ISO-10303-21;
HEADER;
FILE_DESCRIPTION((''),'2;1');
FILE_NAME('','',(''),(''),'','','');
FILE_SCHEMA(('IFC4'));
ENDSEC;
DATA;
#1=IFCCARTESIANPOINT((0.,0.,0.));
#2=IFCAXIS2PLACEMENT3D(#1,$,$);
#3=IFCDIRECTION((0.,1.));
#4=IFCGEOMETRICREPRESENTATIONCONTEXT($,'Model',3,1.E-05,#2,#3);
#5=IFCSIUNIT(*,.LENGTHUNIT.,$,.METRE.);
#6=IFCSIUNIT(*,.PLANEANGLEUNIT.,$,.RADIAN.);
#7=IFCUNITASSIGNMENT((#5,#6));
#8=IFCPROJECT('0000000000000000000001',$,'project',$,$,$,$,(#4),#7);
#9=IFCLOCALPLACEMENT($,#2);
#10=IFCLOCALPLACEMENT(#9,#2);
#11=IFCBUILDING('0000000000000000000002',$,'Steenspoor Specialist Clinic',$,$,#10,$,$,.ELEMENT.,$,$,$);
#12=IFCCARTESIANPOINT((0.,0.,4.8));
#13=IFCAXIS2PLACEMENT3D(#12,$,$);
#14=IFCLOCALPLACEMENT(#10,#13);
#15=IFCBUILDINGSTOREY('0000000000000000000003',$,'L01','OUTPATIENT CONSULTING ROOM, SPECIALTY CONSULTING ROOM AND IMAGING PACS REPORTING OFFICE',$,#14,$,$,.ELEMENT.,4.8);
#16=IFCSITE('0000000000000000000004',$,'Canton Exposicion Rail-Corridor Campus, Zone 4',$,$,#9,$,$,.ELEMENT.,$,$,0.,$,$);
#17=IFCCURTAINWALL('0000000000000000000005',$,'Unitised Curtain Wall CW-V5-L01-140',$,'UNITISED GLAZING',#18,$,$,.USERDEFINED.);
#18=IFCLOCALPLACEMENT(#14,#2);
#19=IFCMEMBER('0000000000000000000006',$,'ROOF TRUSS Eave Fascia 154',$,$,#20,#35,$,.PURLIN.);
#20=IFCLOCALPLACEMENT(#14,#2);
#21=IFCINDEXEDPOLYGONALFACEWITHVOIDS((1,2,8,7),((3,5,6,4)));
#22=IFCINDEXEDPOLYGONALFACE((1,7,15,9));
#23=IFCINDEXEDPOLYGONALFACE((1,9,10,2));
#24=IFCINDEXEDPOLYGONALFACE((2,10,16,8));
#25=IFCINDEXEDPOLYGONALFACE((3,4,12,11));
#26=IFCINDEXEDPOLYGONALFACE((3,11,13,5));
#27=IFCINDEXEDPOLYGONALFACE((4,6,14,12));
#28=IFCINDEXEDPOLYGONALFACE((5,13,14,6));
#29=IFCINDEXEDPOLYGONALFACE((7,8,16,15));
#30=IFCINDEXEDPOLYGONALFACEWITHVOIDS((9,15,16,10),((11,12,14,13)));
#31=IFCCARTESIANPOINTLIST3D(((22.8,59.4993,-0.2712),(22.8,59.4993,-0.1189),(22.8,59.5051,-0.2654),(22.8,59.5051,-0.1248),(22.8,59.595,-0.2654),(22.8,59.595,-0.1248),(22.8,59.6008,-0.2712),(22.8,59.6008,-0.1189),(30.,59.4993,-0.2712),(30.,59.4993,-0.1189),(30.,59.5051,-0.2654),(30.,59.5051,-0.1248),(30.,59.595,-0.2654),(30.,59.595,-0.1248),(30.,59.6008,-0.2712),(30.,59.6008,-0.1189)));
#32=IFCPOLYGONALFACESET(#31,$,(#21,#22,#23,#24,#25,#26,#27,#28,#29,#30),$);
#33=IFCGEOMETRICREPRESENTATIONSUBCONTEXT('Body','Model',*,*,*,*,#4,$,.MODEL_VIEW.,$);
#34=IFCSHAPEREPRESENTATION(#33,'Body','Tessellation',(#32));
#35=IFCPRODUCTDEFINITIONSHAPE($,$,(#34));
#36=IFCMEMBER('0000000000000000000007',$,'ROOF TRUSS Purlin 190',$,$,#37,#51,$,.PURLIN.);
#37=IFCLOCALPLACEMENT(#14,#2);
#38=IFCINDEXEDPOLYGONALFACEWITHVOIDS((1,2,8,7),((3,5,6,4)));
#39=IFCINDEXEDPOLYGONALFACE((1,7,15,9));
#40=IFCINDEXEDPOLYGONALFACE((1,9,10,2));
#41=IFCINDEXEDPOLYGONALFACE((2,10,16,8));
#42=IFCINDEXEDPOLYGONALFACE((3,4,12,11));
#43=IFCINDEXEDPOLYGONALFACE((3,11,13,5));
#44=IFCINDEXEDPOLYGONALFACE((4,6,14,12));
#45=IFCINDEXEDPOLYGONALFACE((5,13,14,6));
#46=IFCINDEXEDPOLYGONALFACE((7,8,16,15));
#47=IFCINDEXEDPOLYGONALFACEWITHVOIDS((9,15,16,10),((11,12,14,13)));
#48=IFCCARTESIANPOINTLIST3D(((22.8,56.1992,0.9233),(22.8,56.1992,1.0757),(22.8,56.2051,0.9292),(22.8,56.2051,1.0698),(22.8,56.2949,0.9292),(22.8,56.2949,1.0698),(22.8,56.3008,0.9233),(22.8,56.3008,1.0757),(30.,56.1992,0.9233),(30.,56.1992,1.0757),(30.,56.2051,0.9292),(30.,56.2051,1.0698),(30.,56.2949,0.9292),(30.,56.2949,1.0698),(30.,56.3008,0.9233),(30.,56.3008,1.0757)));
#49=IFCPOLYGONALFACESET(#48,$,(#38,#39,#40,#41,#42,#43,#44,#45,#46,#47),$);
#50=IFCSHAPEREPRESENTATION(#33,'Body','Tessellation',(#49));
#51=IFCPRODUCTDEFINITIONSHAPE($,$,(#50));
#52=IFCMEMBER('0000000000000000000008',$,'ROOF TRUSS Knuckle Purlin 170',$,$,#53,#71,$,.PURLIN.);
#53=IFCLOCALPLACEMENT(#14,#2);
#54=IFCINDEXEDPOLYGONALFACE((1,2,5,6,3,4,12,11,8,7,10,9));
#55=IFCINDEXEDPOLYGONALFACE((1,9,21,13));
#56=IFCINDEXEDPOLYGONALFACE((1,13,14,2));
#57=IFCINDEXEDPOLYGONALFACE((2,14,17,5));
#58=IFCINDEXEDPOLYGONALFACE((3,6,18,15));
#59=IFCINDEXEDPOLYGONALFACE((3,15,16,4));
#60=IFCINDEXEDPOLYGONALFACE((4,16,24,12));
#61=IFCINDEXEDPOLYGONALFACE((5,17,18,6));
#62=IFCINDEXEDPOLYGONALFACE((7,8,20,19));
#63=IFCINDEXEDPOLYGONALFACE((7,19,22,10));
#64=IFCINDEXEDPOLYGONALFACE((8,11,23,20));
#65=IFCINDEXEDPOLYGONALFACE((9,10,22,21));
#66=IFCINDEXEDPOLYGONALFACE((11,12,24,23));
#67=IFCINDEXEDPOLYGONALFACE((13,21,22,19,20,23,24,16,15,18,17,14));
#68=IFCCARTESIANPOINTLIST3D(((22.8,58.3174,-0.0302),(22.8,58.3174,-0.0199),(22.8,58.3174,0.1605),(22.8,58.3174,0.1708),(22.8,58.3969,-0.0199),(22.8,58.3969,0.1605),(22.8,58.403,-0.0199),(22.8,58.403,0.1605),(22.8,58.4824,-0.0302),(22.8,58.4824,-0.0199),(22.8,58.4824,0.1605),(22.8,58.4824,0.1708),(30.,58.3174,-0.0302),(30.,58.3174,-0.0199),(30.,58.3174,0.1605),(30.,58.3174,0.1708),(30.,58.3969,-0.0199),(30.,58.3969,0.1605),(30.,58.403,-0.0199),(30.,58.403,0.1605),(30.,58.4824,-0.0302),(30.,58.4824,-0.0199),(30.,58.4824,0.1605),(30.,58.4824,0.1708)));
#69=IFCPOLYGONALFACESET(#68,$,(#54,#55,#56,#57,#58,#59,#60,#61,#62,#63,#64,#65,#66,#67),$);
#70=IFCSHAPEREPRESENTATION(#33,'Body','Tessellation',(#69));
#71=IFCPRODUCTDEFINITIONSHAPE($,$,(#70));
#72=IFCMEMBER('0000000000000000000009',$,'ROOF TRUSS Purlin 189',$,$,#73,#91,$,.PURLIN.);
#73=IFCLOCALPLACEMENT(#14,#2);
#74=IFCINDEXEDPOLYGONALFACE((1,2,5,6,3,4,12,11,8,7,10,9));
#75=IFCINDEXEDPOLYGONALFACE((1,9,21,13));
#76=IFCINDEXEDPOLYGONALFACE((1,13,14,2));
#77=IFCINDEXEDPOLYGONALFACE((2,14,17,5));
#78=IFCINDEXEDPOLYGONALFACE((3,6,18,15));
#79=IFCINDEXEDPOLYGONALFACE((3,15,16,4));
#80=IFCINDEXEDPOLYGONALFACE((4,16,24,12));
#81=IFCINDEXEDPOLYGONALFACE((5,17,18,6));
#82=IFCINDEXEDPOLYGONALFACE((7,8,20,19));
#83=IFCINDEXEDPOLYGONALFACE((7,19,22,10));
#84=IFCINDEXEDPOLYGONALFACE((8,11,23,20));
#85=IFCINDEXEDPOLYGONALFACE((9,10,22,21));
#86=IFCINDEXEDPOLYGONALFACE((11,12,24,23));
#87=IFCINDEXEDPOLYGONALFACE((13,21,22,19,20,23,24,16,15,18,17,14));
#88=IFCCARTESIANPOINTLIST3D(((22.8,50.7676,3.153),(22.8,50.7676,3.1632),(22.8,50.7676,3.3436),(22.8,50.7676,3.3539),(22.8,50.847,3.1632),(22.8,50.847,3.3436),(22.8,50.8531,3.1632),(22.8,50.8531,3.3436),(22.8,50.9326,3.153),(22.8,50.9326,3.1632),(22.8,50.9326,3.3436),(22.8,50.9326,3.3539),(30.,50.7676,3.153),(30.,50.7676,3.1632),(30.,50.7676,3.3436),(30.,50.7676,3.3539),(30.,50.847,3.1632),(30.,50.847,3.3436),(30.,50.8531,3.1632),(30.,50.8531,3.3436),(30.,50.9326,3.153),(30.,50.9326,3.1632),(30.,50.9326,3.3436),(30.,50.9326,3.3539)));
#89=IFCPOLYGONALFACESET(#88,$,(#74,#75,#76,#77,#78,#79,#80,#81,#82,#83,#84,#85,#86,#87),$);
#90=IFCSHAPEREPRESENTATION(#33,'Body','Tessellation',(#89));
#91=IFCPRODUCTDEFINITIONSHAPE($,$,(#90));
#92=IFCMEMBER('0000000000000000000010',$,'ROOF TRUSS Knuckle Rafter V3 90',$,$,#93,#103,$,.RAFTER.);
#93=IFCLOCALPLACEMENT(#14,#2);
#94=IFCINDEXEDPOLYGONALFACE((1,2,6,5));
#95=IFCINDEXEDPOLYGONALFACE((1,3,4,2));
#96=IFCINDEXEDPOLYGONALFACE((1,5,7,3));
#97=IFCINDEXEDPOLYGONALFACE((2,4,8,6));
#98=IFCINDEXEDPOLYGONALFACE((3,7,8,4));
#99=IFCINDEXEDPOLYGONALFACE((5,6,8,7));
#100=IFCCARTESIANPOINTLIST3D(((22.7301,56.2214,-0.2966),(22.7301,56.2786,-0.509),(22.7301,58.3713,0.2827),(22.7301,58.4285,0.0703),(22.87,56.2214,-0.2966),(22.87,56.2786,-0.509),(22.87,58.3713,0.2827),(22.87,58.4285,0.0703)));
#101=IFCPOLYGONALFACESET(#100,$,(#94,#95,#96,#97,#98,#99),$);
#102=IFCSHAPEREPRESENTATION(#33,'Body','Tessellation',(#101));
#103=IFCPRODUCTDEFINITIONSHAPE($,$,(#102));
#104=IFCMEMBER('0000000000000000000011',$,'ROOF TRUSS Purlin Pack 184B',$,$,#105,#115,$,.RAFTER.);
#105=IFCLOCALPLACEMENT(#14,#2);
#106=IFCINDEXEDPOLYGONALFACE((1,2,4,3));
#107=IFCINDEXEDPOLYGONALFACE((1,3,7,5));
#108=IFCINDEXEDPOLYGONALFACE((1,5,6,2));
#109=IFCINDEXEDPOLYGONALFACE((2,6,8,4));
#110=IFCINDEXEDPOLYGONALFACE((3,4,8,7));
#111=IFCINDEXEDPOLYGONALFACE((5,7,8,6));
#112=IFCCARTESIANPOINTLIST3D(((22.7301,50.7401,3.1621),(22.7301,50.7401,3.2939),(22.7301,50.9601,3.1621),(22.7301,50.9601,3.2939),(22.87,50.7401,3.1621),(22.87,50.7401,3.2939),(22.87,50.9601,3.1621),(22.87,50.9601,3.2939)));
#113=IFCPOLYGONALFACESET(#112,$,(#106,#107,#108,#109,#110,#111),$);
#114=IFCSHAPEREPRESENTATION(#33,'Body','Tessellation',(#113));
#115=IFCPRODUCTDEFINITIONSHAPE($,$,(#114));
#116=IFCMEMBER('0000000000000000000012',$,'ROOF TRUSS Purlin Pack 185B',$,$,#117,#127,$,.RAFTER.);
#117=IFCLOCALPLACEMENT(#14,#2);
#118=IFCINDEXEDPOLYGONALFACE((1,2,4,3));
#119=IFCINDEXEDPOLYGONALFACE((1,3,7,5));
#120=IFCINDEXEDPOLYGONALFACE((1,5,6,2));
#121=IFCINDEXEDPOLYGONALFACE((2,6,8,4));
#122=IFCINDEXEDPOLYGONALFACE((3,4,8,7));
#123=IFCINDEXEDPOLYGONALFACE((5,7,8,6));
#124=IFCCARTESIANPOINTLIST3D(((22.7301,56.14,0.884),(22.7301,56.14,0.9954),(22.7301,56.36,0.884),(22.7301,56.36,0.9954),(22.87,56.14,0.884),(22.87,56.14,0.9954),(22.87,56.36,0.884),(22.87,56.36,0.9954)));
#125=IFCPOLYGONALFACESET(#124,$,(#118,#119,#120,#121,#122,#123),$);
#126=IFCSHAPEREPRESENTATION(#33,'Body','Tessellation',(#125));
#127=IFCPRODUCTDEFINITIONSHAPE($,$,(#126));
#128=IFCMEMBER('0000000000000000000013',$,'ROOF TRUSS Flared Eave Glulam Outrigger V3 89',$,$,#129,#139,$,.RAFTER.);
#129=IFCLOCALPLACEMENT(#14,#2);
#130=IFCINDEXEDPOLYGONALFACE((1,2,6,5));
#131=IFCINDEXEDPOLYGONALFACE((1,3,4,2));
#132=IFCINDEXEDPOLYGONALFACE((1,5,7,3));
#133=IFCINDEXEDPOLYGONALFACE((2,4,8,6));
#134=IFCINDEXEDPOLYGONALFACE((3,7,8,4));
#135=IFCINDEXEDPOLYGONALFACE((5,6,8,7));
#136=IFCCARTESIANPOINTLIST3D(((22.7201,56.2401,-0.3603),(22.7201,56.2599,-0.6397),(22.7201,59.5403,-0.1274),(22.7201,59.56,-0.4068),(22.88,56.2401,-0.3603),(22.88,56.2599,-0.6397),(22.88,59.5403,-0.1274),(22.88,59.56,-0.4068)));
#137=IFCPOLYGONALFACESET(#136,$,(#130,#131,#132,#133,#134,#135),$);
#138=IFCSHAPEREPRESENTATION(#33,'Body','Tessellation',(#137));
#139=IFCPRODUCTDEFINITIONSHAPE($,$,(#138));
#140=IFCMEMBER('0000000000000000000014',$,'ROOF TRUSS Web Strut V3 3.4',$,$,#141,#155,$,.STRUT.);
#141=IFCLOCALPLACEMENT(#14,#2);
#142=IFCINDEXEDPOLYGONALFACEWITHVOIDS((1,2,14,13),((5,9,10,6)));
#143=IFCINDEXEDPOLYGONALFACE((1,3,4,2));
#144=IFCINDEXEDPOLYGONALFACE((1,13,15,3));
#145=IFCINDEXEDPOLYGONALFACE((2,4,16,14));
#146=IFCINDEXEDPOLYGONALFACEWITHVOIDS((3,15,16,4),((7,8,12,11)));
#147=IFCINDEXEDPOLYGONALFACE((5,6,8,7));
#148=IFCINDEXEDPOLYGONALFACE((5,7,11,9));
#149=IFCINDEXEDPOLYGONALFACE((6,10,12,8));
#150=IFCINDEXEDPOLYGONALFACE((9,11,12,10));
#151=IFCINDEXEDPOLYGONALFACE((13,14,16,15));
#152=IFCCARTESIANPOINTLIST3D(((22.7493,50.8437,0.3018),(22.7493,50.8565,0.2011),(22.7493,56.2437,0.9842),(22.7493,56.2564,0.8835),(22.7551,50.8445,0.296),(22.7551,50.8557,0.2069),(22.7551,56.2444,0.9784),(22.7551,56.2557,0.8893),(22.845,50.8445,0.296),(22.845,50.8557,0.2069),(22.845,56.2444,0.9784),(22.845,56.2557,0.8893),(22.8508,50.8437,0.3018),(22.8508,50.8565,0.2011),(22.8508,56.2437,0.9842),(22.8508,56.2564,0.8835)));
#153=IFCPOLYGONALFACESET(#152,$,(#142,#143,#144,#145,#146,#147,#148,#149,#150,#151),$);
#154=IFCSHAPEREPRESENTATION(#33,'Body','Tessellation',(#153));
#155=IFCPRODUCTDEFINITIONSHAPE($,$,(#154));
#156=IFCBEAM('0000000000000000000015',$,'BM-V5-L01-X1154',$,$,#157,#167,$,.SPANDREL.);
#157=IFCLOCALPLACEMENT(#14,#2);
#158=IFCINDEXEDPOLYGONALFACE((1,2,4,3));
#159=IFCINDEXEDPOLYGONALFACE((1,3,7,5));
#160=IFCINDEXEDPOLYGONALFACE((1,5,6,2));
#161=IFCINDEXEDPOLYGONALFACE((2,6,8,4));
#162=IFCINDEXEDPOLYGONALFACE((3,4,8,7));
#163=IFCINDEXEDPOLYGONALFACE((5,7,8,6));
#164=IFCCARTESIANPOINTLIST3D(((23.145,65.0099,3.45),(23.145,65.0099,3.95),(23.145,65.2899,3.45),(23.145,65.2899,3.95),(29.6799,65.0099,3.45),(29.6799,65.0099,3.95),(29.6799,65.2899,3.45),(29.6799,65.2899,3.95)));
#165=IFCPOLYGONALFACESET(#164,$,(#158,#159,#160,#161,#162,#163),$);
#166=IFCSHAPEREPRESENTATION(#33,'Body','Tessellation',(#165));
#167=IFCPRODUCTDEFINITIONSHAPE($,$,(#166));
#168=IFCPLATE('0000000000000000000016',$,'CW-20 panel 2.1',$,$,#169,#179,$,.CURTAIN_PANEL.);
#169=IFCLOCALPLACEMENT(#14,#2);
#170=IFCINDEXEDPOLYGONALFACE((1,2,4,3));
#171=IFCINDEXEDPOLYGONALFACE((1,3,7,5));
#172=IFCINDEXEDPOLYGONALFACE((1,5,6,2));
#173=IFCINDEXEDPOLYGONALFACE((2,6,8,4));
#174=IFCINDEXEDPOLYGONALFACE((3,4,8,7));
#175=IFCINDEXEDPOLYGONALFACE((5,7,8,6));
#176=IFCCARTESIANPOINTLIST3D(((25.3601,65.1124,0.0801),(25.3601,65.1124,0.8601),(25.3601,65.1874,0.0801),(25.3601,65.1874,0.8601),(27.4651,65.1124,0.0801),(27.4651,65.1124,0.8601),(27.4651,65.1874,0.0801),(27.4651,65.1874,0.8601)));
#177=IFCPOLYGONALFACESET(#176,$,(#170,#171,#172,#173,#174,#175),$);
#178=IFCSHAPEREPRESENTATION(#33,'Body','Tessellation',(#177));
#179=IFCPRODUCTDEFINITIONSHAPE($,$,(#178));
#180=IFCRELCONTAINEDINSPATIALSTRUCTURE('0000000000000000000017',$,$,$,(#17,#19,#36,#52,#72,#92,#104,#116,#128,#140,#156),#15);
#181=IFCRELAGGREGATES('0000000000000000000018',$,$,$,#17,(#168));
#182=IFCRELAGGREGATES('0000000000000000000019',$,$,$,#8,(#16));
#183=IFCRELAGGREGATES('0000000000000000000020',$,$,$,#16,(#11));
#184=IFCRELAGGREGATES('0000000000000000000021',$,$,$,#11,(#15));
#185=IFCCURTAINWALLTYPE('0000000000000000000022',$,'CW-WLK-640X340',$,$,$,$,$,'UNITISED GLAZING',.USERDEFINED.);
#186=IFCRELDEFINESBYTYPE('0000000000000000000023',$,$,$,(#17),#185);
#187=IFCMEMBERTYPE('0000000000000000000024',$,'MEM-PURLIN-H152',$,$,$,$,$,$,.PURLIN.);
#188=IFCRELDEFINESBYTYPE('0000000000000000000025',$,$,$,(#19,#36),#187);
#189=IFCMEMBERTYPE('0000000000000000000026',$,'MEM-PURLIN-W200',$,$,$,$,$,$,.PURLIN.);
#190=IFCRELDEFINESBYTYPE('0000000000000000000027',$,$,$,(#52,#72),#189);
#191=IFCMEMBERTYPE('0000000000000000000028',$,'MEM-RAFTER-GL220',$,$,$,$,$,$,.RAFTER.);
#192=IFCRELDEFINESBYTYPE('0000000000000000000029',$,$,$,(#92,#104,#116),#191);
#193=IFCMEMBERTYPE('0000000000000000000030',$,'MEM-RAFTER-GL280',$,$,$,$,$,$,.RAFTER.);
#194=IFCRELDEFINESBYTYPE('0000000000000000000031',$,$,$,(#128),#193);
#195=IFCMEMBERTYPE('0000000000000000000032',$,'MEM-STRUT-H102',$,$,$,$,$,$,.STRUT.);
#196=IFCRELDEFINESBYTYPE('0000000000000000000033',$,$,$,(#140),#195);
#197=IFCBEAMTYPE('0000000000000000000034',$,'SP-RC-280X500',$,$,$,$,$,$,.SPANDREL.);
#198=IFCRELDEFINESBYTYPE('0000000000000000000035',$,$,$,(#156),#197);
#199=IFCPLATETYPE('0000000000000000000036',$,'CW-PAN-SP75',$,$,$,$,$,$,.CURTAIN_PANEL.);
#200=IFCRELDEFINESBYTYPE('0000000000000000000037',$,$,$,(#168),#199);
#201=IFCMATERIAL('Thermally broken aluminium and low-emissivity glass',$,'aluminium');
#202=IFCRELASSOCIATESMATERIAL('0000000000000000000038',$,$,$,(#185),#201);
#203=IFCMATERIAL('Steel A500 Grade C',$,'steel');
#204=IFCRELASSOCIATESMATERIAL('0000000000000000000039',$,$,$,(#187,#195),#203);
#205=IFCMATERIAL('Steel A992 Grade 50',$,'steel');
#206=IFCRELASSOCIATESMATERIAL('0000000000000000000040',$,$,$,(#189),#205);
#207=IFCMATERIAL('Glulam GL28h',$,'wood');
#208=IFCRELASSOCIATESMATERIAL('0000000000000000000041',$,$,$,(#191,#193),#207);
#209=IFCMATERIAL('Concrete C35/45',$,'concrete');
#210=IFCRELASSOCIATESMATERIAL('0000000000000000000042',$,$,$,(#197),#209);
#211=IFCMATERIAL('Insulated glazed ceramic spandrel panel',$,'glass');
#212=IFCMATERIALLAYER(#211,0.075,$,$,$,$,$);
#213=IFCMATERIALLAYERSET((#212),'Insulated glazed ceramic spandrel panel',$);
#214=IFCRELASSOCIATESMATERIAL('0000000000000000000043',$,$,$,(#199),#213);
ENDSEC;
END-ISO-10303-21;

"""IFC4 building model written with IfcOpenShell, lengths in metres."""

from ifc_helpers import new_model, si_unit, direction, frame, origin, origin_2d, place, context, subcontext, project, spatial, rectangle, hollow_rectangle, i_section, extrude, material, layer, layer_set, material_profile, profile_set, type_object, element, aggregate, save


model = new_model("IFC4")

# Units and contexts
model_context = context("Model", 3, precision=1e-05, world=origin(), true_north=direction((0.0, 1.0)))
body_context = subcontext(model_context, "Body", "Model", "MODEL_VIEW")
ifc_project = project(units=[si_unit("LENGTHUNIT", "METRE"), si_unit("PLANEANGLEUNIT", "RADIAN")], contexts=[model_context])

# Site, building, storey
site_placement = place(None, origin())
site = spatial("IfcSite", under=ifc_project, at=site_placement, Name="Canton Exposicion Rail-Corridor Campus, Zone 4", CompositionType="ELEMENT", RefElevation=0.0)
building_placement = place(site_placement, origin())
building = spatial("IfcBuilding", under=site, at=building_placement, Name="Steenspoor Specialist Clinic", CompositionType="ELEMENT")
storey_placement = place(building_placement, frame((0.0, 0.0, 4.8)))
storey = spatial("IfcBuildingStorey", under=building, at=storey_placement, Name="L01", Description="OUTPATIENT CONSULTING ROOM, SPECIALTY CONSULTING ROOM AND IMAGING PACS REPORTING OFFICE", CompositionType="ELEMENT", Elevation=4.8)

# Curtain wall
ifc_material_1 = material(Name="Thermally broken aluminium and low-emissivity glass", Category="aluminium")
curtain_wall_type = type_object("IfcCurtainWallType", Name="CW-WLK-640X340", ElementType="UNITISED GLAZING", PredefinedType="USERDEFINED", material=ifc_material_1)
curtain_wall_placement = place(storey_placement, origin())
curtain_wall = element("IfcCurtainWall", 1, at=curtain_wall_placement, inside=storey, type_object=curtain_wall_type, Name="Unitised Curtain Wall CW-V5-L01-140", ObjectType="UNITISED GLAZING", PredefinedType="USERDEFINED")

# Members
ifc_material_2 = material(Name="Steel A500 Grade C", Category="steel")
ifc_material_3 = material(Name="Steel A992 Grade 50", Category="steel")
ifc_material_profile_1 = material_profile(ifc_material_2, hollow_rectangle(XDim=0.1016, YDim=0.1523, WallThickness=0.0059, at=origin_2d()), Name="HSS152X102X6.4")
ifc_profile_set_1 = profile_set([ifc_material_profile_1], Name="Steel A500 Grade C")
member_type_1 = type_object("IfcMemberType", Name="MEM-PURLIN-H152", PredefinedType="PURLIN", material=ifc_profile_set_1)
for number, where, z_axis, x_axis, name in (
    (2, (22.8, 59.55, -0.1951), (1.0, 0.0, 0.0), (0.0, 1.0, 0.0), "ROOF TRUSS Eave Fascia 154"),
    (3, (22.8, 56.25, 0.9995), (1.0, 0.0, 0.0), (0.0, 1.0, 0.0), "ROOF TRUSS Purlin 190"),
):
    element("IfcMember", number, at=place(storey_placement, frame(where, z_axis=z_axis, x_axis=x_axis)), inside=storey, type_object=member_type_1, Name=name, PredefinedType="PURLIN", context=body_context, shape_type="SweptSolid", body=[
        extrude(hollow_rectangle(XDim=0.1016, YDim=0.1523, WallThickness=0.0059, at=origin_2d()), origin(), (0.0, 0.0, 1.0), 7.2),
    ])
ifc_material_profile_2 = material_profile(ifc_material_3, i_section(OverallWidth=0.165, OverallDepth=0.2009, WebThickness=0.0061, FlangeThickness=0.0103, at=origin_2d()), Name="W200X36")
ifc_profile_set_2 = profile_set([ifc_material_profile_2], Name="Steel A992 Grade 50")
member_type_2 = type_object("IfcMemberType", Name="MEM-PURLIN-W200", PredefinedType="PURLIN", material=ifc_profile_set_2)
for number, where, z_axis, x_axis, name in (
    (4, (22.8, 58.3999, 0.0703), (1.0, 0.0, 0.0), (0.0, 1.0, 0.0), "ROOF TRUSS Knuckle Purlin 170"),
    (5, (22.8, 50.8501, 3.2534), (1.0, 0.0, 0.0), (0.0, 1.0, 0.0), "ROOF TRUSS Purlin 189"),
):
    element("IfcMember", number, at=place(storey_placement, frame(where, z_axis=z_axis, x_axis=x_axis)), inside=storey, type_object=member_type_2, Name=name, PredefinedType="PURLIN", context=body_context, shape_type="SweptSolid", body=[
        extrude(i_section(OverallWidth=0.165, OverallDepth=0.2009, WebThickness=0.0061, FlangeThickness=0.0103, at=origin_2d()), origin(), (0.0, 0.0, 1.0), 7.2),
    ])
ifc_material_4 = material(Name="Glulam GL28h", Category="wood")
ifc_material_profile_3 = material_profile(ifc_material_4, rectangle(XDim=0.1399, YDim=0.22, at=origin_2d()), Name="GL28H-140X220")
ifc_profile_set_3 = profile_set([ifc_material_profile_3], Name="Glulam GL28h")
member_type_3 = type_object("IfcMemberType", Name="MEM-RAFTER-GL220", PredefinedType="RAFTER", material=ifc_profile_set_3)
member_1_placement = place(storey_placement, frame((22.8, 56.25, -0.4028), z_axis=(0.0, 0.965556, 0.260194), x_axis=(-1.0, 0.0, 0.0)))
element("IfcMember", 6, at=member_1_placement, inside=storey, type_object=member_type_3, Name="ROOF TRUSS Knuckle Rafter V3 90", PredefinedType="RAFTER", context=body_context, shape_type="SweptSolid", body=[
    extrude(rectangle(XDim=0.1399, YDim=0.22, at=origin_2d()), origin(), (0.0, 0.0, 1.0), 2.2266),
])
member_2_placement = place(storey_placement, frame((22.8, 50.8501, 3.1621), z_axis=(0.0, 0.0, 1.0), x_axis=(1.0, 0.0, 0.0)))
element("IfcMember", 7, at=member_2_placement, inside=storey, type_object=member_type_3, Name="ROOF TRUSS Purlin Pack 184B", PredefinedType="RAFTER", context=body_context, shape_type="SweptSolid", body=[
    extrude(rectangle(XDim=0.1399, YDim=0.22, at=origin_2d()), origin(), (0.0, 0.0, 1.0), 0.1318),
])
member_3_placement = place(storey_placement, frame((22.8, 56.25, 0.884), z_axis=(0.0, 0.0, 1.0), x_axis=(1.0, 0.0, 0.0)))
element("IfcMember", 8, at=member_3_placement, inside=storey, type_object=member_type_3, Name="ROOF TRUSS Purlin Pack 185B", PredefinedType="RAFTER", context=body_context, shape_type="SweptSolid", body=[
    extrude(rectangle(XDim=0.1399, YDim=0.22, at=origin_2d()), origin(), (0.0, 0.0, 1.0), 0.1113),
])
ifc_material_profile_4 = material_profile(ifc_material_4, rectangle(XDim=0.1599, YDim=0.28, at=origin_2d()), Name="GL28H-160X280")
ifc_profile_set_4 = profile_set([ifc_material_profile_4], Name="Glulam GL28h")
member_type_4 = type_object("IfcMemberType", Name="MEM-RAFTER-GL280", PredefinedType="RAFTER", material=ifc_profile_set_4)
member_4_placement = place(storey_placement, frame((22.8, 56.25, -0.5), z_axis=(0.0, 0.997519, 0.070403), x_axis=(-1.0, 0.0, 0.0)))
element("IfcMember", 9, at=member_4_placement, inside=storey, type_object=member_type_4, Name="ROOF TRUSS Flared Eave Glulam Outrigger V3 89", PredefinedType="RAFTER", context=body_context, shape_type="SweptSolid", body=[
    extrude(rectangle(XDim=0.1599, YDim=0.28, at=origin_2d()), origin(), (0.0, 0.0, 1.0), 3.3083),
])
ifc_material_profile_5 = material_profile(ifc_material_2, hollow_rectangle(XDim=0.1016, YDim=0.1016, WallThickness=0.0059, at=origin_2d()), Name="HSS102X102X6.4")
ifc_profile_set_5 = profile_set([ifc_material_profile_5], Name="Steel A500 Grade C")
member_type_5 = type_object("IfcMemberType", Name="MEM-STRUT-H102", PredefinedType="STRUT", material=ifc_profile_set_5)
member_5_placement = place(storey_placement, frame((22.8, 50.8501, 0.2515), z_axis=(0.0, 0.99211, 0.125371), x_axis=(-1.0, 0.0, 0.0)))
element("IfcMember", 10, at=member_5_placement, inside=storey, type_object=member_type_5, Name="ROOF TRUSS Web Strut V3 3.4", PredefinedType="STRUT", context=body_context, shape_type="SweptSolid", body=[
    extrude(hollow_rectangle(XDim=0.1016, YDim=0.1016, WallThickness=0.0059, at=origin_2d()), origin(), (0.0, 0.0, 1.0), 5.4429),
])

# Beam
ifc_material_5 = material(Name="Concrete C35/45", Category="concrete")
ifc_material_profile_6 = material_profile(ifc_material_5, rectangle(XDim=0.28, YDim=0.5, at=origin_2d()), Name="RC-SP-280X500")
ifc_profile_set_6 = profile_set([ifc_material_profile_6], Name="Concrete C35/45")
beam_type = type_object("IfcBeamType", Name="SP-RC-280X500", PredefinedType="SPANDREL", material=ifc_profile_set_6)
beam_placement = place(storey_placement, frame((23.145, 65.1499, 3.7), z_axis=(1.0, 0.0, 0.0), x_axis=(0.0, 1.0, 0.0)))
element("IfcBeam", 11, at=beam_placement, inside=storey, type_object=beam_type, Name="BM-V5-L01-X1154", PredefinedType="SPANDREL", context=body_context, shape_type="SweptSolid", body=[
    extrude(rectangle(XDim=0.28, YDim=0.5, at=origin_2d()), origin(), (0.0, 0.0, 1.0), 6.5349),
])

# Plate
ifc_material_6 = material(Name="Insulated glazed ceramic spandrel panel", Category="glass")
ifc_layer_1 = layer(ifc_material_6, 0.075)
ifc_layer_set_1 = layer_set([ifc_layer_1], Name="Insulated glazed ceramic spandrel panel")
plate_type_1 = type_object("IfcPlateType", Name="CW-PAN-SP75", PredefinedType="CURTAIN_PANEL", material=ifc_layer_set_1)
plate_1_placement = place(storey_placement, frame((26.4126, 65.1499, 0.0801), z_axis=(0.0, 0.0, 1.0), x_axis=(-1.0, 0.0, 0.0)))
plate_1 = element("IfcPlate", 12, at=plate_1_placement, type_object=plate_type_1, Name="CW-20 panel 2.1", PredefinedType="CURTAIN_PANEL", context=body_context, shape_type="SweptSolid", body=[
    extrude(rectangle(XDim=2.105, YDim=0.075, at=origin_2d()), origin(), (0.0, 0.0, 1.0), 0.78),
])
aggregate(curtain_wall, [plate_1])

save(model, "model.ifc")
